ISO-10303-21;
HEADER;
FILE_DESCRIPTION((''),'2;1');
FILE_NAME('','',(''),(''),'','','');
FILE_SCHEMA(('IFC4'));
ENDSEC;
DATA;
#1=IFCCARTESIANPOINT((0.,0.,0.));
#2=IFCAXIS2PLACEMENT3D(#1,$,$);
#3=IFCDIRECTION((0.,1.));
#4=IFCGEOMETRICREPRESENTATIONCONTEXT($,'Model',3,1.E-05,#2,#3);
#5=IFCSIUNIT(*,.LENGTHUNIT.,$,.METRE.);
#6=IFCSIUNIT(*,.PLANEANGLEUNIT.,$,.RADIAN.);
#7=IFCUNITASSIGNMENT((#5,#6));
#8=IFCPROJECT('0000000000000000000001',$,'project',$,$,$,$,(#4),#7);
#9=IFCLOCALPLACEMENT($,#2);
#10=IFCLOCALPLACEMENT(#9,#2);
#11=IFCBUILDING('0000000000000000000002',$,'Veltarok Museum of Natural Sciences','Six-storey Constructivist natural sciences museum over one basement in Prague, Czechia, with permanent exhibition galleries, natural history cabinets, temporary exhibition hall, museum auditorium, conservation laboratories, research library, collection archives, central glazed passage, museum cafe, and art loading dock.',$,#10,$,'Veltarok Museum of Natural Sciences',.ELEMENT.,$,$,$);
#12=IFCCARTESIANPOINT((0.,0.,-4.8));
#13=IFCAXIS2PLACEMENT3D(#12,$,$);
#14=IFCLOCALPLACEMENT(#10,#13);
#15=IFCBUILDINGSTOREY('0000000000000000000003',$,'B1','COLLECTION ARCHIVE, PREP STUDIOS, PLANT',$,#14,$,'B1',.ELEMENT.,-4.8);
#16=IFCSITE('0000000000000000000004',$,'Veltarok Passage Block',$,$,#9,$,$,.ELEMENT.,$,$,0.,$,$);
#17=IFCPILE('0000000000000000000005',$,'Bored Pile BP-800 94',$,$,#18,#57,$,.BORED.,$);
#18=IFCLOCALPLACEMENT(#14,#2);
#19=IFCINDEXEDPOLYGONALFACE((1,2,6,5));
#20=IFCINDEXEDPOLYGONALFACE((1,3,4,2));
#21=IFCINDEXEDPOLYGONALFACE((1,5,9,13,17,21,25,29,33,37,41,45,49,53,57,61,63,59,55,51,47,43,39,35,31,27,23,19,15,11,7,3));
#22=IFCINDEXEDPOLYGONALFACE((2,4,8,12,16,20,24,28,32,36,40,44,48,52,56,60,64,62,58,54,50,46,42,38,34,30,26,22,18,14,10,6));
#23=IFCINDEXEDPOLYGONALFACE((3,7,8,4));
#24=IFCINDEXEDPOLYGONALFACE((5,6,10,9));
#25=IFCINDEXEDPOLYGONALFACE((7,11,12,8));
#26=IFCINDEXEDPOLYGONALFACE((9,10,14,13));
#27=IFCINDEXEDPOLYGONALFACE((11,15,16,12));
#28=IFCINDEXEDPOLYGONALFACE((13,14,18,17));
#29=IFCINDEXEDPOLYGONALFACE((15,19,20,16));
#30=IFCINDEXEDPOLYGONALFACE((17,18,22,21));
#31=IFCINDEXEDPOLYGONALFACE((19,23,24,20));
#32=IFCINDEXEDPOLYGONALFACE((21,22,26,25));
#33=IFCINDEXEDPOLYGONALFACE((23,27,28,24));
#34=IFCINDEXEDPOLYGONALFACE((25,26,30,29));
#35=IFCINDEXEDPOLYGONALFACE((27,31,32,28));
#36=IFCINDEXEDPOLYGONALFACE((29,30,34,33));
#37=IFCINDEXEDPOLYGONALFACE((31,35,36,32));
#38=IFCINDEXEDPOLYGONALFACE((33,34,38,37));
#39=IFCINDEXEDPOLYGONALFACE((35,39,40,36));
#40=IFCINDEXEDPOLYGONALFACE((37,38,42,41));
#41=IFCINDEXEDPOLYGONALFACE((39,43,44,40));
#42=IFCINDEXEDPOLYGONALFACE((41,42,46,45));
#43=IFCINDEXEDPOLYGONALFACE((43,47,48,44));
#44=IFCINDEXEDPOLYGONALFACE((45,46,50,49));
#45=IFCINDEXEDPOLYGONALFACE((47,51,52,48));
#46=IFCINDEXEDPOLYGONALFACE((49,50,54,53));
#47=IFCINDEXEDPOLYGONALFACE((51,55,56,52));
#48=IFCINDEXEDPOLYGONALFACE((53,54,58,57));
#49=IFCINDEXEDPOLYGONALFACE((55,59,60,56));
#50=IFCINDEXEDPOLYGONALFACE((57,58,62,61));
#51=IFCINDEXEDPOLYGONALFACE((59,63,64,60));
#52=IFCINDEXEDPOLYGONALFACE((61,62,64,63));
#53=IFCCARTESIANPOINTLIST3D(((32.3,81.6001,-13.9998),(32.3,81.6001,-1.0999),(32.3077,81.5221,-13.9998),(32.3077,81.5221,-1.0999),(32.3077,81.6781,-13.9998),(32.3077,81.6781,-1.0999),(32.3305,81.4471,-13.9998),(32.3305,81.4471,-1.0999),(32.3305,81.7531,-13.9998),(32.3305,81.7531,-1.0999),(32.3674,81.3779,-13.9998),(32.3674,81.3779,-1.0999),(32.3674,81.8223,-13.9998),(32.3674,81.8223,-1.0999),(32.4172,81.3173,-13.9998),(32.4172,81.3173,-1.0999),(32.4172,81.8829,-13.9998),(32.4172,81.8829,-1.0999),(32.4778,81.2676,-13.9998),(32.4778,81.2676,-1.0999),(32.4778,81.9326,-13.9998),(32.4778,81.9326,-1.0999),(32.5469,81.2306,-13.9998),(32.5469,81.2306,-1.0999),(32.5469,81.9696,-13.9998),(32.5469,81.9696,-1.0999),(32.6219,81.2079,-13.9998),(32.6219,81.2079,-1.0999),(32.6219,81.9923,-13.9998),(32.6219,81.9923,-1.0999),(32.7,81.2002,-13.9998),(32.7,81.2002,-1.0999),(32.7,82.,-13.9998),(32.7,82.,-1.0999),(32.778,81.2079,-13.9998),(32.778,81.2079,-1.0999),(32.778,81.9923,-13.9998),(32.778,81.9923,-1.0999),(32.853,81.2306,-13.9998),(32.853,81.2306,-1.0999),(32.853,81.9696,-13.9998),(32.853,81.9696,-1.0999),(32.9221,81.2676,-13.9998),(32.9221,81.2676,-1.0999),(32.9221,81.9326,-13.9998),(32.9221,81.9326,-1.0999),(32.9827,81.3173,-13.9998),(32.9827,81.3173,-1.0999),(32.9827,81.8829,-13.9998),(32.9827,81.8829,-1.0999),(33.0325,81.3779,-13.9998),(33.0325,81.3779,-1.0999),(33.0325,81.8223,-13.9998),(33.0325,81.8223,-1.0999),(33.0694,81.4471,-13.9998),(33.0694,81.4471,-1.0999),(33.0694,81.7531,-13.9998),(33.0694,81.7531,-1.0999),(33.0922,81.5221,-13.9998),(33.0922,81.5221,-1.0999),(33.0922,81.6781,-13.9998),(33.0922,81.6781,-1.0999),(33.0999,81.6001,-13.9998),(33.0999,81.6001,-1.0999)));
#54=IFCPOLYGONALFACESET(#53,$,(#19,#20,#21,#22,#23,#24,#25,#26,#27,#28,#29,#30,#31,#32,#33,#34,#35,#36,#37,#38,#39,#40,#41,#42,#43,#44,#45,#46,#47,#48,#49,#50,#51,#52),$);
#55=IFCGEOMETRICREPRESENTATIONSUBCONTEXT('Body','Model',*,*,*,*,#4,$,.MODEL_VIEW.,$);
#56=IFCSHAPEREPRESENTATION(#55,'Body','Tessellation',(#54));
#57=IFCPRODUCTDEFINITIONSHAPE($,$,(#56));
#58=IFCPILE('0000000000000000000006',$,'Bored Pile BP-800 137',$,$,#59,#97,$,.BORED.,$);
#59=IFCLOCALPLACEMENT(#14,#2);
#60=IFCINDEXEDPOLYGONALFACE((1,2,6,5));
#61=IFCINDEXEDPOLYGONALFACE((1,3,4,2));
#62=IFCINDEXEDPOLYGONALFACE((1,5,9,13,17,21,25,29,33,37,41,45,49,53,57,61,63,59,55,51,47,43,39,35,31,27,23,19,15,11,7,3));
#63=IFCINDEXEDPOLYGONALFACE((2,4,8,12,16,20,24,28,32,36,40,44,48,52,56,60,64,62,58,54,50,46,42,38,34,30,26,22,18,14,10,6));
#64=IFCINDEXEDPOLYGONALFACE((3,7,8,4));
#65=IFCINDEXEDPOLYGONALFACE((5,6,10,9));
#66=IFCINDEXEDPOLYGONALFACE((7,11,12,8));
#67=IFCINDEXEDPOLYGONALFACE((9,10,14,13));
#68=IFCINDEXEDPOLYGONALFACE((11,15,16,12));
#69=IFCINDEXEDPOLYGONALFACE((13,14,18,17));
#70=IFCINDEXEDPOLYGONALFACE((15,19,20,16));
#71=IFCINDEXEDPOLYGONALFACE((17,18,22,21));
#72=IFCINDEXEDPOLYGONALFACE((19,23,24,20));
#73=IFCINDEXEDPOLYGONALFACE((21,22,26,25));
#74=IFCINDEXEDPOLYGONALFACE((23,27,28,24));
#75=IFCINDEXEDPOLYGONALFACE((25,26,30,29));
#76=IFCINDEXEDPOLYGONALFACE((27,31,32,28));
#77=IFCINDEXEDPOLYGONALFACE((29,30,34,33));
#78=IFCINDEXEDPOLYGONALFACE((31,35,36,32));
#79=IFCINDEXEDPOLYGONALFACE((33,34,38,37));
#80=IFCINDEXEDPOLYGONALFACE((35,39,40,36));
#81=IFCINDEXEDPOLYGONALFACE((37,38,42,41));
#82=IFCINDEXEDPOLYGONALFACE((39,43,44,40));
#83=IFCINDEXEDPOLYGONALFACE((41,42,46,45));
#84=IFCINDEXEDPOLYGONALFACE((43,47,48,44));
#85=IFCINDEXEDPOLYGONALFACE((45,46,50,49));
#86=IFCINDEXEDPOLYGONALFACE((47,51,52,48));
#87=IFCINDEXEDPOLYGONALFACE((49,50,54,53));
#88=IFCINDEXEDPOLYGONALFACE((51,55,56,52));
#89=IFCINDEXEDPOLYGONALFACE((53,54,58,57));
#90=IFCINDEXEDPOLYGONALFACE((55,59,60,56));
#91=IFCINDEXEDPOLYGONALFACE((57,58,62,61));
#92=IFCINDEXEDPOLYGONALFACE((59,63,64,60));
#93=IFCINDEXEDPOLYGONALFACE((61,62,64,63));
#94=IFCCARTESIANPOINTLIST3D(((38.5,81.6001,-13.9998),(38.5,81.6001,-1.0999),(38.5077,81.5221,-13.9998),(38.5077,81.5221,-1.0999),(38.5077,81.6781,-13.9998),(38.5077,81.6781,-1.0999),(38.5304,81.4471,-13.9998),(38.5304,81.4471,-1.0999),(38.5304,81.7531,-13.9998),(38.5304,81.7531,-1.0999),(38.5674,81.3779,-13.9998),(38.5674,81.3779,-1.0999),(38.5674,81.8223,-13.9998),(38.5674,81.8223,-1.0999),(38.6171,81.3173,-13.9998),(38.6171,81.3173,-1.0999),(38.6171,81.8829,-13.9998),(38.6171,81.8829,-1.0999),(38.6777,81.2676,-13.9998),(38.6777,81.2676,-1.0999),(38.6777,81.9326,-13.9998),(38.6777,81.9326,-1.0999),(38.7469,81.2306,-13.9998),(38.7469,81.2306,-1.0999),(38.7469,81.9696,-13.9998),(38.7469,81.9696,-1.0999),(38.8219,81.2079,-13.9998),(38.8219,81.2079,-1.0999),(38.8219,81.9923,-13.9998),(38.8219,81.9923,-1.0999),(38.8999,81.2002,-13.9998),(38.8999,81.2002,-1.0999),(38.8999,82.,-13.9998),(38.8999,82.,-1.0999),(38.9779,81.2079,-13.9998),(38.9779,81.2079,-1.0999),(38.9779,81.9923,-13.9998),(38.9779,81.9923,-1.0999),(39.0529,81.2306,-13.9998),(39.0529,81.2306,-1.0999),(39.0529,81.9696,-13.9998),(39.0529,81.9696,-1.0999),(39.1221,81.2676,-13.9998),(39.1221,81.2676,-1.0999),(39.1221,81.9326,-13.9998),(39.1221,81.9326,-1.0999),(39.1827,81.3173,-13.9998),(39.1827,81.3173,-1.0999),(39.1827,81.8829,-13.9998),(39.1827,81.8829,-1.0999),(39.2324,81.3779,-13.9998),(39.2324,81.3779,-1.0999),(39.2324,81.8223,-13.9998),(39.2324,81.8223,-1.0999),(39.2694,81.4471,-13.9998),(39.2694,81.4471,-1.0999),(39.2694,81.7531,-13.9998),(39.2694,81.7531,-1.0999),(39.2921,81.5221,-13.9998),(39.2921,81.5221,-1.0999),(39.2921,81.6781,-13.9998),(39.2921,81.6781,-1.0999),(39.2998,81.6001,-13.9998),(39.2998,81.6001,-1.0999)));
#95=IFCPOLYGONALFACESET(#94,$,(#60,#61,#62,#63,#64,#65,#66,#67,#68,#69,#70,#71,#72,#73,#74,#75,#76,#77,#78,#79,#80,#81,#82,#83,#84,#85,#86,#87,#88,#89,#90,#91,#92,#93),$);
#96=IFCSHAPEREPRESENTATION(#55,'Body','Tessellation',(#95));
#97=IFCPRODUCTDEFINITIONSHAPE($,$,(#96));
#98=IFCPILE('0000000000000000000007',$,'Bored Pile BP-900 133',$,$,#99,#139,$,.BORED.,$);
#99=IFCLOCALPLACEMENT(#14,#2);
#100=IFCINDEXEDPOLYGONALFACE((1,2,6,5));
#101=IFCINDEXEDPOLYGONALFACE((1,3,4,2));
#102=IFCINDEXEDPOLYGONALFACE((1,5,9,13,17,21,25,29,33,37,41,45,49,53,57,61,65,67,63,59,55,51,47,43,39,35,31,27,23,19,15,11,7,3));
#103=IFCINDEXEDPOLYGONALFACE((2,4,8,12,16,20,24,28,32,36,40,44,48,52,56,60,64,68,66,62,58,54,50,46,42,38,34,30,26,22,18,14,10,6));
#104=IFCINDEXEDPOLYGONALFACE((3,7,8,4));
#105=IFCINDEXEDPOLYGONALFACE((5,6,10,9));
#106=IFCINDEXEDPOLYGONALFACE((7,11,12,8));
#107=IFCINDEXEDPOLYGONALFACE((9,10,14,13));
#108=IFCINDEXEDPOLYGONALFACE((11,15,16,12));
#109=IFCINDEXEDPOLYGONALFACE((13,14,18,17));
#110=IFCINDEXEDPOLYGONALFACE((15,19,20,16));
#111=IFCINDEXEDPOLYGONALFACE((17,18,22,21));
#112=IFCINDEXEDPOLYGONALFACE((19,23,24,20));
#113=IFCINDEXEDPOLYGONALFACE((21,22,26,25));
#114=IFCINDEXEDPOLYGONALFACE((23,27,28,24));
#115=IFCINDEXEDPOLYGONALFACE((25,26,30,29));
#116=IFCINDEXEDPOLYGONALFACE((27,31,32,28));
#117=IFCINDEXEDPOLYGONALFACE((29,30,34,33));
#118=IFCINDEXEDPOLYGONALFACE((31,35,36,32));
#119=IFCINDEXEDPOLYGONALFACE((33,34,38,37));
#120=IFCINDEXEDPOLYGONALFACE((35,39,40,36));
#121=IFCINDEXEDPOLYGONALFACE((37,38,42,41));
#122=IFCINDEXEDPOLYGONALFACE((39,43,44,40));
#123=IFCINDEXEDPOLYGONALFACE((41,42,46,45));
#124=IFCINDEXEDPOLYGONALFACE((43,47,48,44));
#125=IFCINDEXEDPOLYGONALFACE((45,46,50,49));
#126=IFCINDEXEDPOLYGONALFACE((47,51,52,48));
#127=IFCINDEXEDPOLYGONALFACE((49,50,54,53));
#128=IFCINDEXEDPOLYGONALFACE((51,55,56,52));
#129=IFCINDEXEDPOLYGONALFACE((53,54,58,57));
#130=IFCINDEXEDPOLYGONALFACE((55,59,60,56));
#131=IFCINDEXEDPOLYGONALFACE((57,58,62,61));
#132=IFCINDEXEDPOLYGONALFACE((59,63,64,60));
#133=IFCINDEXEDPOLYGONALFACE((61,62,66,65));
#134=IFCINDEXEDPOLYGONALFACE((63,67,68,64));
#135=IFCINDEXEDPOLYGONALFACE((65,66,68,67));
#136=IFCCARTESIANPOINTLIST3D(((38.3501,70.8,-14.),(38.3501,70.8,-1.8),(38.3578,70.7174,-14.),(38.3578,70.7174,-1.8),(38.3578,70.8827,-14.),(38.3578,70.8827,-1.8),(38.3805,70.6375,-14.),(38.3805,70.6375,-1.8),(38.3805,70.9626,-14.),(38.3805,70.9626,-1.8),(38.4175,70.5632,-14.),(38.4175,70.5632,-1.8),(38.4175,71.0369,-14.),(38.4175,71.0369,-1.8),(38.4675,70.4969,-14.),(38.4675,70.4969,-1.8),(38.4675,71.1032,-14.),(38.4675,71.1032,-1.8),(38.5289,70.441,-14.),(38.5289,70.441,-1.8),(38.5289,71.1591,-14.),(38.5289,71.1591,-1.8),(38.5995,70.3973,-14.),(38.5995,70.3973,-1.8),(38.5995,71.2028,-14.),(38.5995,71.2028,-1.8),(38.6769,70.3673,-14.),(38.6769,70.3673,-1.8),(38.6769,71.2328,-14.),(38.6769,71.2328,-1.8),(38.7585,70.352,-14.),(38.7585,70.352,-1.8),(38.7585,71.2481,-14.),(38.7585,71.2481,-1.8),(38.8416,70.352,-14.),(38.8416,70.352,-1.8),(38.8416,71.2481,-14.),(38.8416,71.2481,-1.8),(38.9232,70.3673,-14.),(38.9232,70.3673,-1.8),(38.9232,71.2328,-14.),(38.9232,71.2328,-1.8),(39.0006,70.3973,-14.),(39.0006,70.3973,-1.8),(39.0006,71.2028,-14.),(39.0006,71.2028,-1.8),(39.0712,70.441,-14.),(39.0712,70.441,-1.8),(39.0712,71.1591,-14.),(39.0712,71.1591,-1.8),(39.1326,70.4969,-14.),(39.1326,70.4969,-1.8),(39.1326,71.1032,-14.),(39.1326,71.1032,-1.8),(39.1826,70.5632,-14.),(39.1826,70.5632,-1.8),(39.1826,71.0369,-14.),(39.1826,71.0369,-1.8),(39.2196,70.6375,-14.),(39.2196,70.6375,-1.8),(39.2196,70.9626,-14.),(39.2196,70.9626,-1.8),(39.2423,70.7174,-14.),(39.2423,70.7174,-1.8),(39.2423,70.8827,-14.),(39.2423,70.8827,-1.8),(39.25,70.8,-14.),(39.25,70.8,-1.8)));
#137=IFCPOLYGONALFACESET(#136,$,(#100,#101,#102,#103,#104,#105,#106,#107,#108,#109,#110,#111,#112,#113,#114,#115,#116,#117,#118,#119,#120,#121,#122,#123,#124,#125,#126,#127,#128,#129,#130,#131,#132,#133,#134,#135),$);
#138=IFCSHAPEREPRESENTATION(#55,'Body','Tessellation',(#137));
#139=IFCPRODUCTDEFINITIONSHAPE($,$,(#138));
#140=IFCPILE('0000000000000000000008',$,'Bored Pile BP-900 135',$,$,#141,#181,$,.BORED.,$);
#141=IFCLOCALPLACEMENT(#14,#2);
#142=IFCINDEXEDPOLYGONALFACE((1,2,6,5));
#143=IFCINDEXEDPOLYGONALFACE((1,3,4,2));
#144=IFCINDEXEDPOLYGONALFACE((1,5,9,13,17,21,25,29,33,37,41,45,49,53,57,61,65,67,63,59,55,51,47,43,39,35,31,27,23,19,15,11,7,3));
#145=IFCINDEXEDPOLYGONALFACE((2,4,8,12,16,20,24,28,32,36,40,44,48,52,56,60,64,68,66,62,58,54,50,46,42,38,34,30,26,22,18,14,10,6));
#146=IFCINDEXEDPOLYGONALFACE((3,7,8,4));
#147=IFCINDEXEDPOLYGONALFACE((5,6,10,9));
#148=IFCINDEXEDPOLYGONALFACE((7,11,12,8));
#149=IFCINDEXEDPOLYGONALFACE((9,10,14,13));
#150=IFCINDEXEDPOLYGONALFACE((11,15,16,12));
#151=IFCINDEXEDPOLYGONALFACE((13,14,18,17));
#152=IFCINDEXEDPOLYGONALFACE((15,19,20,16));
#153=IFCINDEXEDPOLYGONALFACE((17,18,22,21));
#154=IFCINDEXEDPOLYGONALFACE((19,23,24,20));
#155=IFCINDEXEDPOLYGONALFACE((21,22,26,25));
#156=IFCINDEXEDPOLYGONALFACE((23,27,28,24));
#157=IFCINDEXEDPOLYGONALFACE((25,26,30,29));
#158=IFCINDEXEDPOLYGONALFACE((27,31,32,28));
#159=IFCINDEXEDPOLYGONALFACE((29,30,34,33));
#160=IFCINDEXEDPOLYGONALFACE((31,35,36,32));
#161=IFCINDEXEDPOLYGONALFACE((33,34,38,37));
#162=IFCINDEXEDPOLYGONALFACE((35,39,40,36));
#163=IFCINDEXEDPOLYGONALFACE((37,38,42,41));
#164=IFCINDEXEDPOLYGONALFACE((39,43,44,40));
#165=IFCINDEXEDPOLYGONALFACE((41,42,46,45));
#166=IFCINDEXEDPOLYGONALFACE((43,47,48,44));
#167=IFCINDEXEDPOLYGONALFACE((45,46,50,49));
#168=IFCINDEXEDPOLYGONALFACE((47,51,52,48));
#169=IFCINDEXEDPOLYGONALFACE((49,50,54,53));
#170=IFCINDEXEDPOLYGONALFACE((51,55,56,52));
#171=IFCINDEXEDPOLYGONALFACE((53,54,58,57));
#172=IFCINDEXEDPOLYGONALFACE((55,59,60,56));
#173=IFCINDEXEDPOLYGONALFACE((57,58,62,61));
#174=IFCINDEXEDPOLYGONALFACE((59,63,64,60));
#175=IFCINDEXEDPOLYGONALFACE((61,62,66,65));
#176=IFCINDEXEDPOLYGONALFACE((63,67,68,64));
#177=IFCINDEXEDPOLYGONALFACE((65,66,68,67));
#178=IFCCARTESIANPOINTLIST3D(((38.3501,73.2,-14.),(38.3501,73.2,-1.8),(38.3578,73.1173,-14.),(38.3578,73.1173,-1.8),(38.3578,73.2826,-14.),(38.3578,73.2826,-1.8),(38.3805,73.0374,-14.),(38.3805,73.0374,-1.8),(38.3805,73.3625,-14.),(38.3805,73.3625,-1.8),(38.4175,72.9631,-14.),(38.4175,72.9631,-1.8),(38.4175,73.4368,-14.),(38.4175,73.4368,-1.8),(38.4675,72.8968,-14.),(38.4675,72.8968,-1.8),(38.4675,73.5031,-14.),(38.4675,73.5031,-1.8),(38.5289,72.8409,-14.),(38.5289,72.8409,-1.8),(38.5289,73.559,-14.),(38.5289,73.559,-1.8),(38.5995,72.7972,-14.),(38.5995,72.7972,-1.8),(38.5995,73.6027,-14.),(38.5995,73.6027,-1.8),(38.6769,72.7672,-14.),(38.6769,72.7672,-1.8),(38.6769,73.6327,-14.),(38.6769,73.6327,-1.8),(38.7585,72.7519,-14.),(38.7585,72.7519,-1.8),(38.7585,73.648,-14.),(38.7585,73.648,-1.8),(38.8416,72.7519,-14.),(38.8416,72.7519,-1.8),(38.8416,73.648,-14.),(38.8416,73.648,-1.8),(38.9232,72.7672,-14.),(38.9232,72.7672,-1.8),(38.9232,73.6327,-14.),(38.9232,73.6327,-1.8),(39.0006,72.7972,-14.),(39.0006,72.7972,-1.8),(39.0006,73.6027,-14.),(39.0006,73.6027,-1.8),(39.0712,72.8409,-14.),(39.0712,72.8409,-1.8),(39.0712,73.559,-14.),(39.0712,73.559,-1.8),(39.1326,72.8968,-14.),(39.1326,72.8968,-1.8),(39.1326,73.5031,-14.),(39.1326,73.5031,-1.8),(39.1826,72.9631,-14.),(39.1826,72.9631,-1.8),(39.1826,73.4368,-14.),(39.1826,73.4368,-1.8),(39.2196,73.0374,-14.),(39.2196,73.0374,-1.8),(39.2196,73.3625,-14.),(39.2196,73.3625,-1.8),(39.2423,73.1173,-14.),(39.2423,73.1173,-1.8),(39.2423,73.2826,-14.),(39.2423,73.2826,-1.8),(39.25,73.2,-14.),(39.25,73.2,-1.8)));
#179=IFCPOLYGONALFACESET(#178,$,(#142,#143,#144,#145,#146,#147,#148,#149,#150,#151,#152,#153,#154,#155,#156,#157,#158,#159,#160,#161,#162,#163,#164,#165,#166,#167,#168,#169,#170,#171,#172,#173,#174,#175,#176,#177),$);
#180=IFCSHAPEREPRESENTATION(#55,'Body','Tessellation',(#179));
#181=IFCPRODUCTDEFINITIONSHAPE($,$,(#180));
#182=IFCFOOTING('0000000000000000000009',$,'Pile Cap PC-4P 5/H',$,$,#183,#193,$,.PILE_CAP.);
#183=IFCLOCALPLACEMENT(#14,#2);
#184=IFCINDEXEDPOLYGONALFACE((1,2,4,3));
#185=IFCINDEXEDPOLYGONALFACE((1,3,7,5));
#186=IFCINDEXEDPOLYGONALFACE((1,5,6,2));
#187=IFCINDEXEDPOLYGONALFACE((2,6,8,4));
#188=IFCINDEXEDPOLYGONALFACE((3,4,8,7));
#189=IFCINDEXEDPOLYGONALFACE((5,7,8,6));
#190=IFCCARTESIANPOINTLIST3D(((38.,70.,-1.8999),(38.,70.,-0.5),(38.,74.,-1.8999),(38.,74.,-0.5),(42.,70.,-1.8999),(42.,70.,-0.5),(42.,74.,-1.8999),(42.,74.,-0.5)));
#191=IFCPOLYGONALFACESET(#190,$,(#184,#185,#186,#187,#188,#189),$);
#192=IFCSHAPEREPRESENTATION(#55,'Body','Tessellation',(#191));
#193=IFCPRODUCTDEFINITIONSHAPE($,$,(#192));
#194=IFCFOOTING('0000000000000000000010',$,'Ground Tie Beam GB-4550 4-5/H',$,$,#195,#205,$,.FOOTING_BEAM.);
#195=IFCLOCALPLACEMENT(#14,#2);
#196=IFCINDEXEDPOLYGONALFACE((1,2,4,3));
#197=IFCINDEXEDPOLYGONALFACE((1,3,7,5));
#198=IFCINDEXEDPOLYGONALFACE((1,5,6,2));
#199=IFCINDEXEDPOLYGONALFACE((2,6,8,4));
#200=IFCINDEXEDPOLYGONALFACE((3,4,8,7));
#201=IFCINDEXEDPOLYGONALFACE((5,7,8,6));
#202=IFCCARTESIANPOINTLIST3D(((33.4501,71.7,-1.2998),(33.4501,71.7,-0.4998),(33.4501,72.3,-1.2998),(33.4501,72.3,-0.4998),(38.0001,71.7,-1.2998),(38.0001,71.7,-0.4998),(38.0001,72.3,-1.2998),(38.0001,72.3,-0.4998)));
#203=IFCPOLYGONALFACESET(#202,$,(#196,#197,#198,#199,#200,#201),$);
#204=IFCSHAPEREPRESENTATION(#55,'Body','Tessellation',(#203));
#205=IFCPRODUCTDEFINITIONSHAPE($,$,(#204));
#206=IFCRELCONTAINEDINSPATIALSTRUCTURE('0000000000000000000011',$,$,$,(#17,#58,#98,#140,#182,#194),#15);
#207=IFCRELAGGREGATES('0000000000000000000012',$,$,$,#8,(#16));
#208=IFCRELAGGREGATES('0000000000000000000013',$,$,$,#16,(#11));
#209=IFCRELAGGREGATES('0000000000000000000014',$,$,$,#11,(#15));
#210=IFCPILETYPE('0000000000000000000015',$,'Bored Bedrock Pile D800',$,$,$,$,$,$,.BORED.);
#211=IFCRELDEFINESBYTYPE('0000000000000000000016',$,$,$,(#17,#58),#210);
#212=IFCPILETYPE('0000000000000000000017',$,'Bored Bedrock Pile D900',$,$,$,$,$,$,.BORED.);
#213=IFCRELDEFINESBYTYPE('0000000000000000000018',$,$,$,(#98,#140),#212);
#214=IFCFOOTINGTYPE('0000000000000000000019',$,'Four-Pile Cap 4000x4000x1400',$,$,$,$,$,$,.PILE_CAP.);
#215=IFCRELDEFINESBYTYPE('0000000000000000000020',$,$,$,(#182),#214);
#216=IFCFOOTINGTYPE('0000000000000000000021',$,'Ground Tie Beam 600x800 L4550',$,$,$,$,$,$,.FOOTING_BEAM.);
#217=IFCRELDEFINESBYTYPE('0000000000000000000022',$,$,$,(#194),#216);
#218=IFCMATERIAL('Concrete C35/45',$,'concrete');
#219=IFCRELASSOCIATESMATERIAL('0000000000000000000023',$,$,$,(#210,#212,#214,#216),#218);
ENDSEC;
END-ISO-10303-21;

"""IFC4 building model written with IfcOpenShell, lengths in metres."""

from ifc_helpers import new_model, si_unit, direction, frame, origin, origin_2d, place, context, subcontext, project, spatial, rectangle, circle, extrude, material, material_profile, profile_set, type_object, element, save


model = new_model("IFC4")

# Units and contexts
model_context = context("Model", 3, precision=1e-05, world=origin(), true_north=direction((0.0, 1.0)))
body_context = subcontext(model_context, "Body", "Model", "MODEL_VIEW")
ifc_project = project(units=[si_unit("LENGTHUNIT", "METRE"), si_unit("PLANEANGLEUNIT", "RADIAN")], contexts=[model_context])

# Site, building, storey
site_placement = place(None, origin())
site = spatial("IfcSite", under=ifc_project, at=site_placement, Name="Veltarok Passage Block", CompositionType="ELEMENT", RefElevation=0.0)
building_placement = place(site_placement, origin())
building = spatial("IfcBuilding", under=site, at=building_placement, Name="Veltarok Museum of Natural Sciences", Description="Six-storey Constructivist natural sciences museum over one basement in Prague, Czechia, with permanent exhibition galleries, natural history cabinets, temporary exhibition hall, museum auditorium, conservation laboratories, research library, collection archives, central glazed passage, museum cafe, and art loading dock.", LongName="Veltarok Museum of Natural Sciences", CompositionType="ELEMENT")
storey_placement = place(building_placement, frame((0.0, 0.0, -4.8)))
storey = spatial("IfcBuildingStorey", under=building, at=storey_placement, Name="B1", Description="COLLECTION ARCHIVE, PREP STUDIOS, PLANT", LongName="B1", CompositionType="ELEMENT", Elevation=-4.8)

# Piles
ifc_material_1 = material(Name="Concrete C35/45", Category="concrete")
ifc_material_profile_1 = material_profile(ifc_material_1, circle(Radius=0.3999, at=origin_2d()), Name="BP D800")
ifc_profile_set_1 = profile_set([ifc_material_profile_1], Name="Concrete C35/45")
pile_type_1 = type_object("IfcPileType", Name="Bored Bedrock Pile D800", PredefinedType="BORED", material=ifc_profile_set_1)
for number, where, z_axis, x_axis, name in (
    (1, (32.7, 81.6001, -1.0999), (0.0, 0.0, -1.0), (1.0, 0.0, 0.0), "Bored Pile BP-800 94"),
    (2, (38.8999, 81.6001, -1.0999), (0.0, 0.0, -1.0), (1.0, 0.0, 0.0), "Bored Pile BP-800 137"),
):
    element("IfcPile", number, at=place(storey_placement, frame(where, z_axis=z_axis, x_axis=x_axis)), inside=storey, type_object=pile_type_1, Name=name, PredefinedType="BORED", context=body_context, shape_type="SweptSolid", body=[
        extrude(circle(Radius=0.3999, at=origin_2d()), origin(), (0.0, 0.0, 1.0), 12.8999),
    ])
ifc_material_profile_2 = material_profile(ifc_material_1, circle(Radius=0.45, at=origin_2d()), Name="BP D900")
ifc_profile_set_2 = profile_set([ifc_material_profile_2], Name="Concrete C35/45")
pile_type_2 = type_object("IfcPileType", Name="Bored Bedrock Pile D900", PredefinedType="BORED", material=ifc_profile_set_2)
for number, where, z_axis, x_axis, name in (
    (3, (38.8, 70.8, -1.8), (0.0, 0.0, -1.0), (1.0, 0.0, 0.0), "Bored Pile BP-900 133"),
    (4, (38.8, 73.2, -1.8), (0.0, 0.0, -1.0), (1.0, 0.0, 0.0), "Bored Pile BP-900 135"),
):
    element("IfcPile", number, at=place(storey_placement, frame(where, z_axis=z_axis, x_axis=x_axis)), inside=storey, type_object=pile_type_2, Name=name, PredefinedType="BORED", context=body_context, shape_type="SweptSolid", body=[
        extrude(circle(Radius=0.45, at=origin_2d()), origin(), (0.0, 0.0, 1.0), 12.2),
    ])

# Footings
footing_type_1 = type_object("IfcFootingType", Name="Four-Pile Cap 4000x4000x1400", PredefinedType="PILE_CAP", material=ifc_material_1)
footing_1_placement = place(storey_placement, frame((40.0, 72.0, -1.8999), z_axis=(0.0, 0.0, 1.0), x_axis=(1.0, 0.0, 0.0)))
element("IfcFooting", 5, at=footing_1_placement, inside=storey, type_object=footing_type_1, Name="Pile Cap PC-4P 5/H", PredefinedType="PILE_CAP", context=body_context, shape_type="SweptSolid", body=[
    extrude(rectangle(XDim=4.0, YDim=4.0, at=origin_2d()), origin(), (0.0, 0.0, 1.0), 1.3999),
])
footing_type_2 = type_object("IfcFootingType", Name="Ground Tie Beam 600x800 L4550", PredefinedType="FOOTING_BEAM", material=ifc_material_1)
footing_2_placement = place(storey_placement, frame((35.7251, 72.0, -1.2998), z_axis=(0.0, 0.0, 1.0), x_axis=(1.0, 0.0, 0.0)))
element("IfcFooting", 6, at=footing_2_placement, inside=storey, type_object=footing_type_2, Name="Ground Tie Beam GB-4550 4-5/H", PredefinedType="FOOTING_BEAM", context=body_context, shape_type="SweptSolid", body=[
    extrude(rectangle(XDim=4.55, YDim=0.6001, at=origin_2d()), origin(), (0.0, 0.0, 1.0), 0.8),
])

save(model, "model.ifc")
